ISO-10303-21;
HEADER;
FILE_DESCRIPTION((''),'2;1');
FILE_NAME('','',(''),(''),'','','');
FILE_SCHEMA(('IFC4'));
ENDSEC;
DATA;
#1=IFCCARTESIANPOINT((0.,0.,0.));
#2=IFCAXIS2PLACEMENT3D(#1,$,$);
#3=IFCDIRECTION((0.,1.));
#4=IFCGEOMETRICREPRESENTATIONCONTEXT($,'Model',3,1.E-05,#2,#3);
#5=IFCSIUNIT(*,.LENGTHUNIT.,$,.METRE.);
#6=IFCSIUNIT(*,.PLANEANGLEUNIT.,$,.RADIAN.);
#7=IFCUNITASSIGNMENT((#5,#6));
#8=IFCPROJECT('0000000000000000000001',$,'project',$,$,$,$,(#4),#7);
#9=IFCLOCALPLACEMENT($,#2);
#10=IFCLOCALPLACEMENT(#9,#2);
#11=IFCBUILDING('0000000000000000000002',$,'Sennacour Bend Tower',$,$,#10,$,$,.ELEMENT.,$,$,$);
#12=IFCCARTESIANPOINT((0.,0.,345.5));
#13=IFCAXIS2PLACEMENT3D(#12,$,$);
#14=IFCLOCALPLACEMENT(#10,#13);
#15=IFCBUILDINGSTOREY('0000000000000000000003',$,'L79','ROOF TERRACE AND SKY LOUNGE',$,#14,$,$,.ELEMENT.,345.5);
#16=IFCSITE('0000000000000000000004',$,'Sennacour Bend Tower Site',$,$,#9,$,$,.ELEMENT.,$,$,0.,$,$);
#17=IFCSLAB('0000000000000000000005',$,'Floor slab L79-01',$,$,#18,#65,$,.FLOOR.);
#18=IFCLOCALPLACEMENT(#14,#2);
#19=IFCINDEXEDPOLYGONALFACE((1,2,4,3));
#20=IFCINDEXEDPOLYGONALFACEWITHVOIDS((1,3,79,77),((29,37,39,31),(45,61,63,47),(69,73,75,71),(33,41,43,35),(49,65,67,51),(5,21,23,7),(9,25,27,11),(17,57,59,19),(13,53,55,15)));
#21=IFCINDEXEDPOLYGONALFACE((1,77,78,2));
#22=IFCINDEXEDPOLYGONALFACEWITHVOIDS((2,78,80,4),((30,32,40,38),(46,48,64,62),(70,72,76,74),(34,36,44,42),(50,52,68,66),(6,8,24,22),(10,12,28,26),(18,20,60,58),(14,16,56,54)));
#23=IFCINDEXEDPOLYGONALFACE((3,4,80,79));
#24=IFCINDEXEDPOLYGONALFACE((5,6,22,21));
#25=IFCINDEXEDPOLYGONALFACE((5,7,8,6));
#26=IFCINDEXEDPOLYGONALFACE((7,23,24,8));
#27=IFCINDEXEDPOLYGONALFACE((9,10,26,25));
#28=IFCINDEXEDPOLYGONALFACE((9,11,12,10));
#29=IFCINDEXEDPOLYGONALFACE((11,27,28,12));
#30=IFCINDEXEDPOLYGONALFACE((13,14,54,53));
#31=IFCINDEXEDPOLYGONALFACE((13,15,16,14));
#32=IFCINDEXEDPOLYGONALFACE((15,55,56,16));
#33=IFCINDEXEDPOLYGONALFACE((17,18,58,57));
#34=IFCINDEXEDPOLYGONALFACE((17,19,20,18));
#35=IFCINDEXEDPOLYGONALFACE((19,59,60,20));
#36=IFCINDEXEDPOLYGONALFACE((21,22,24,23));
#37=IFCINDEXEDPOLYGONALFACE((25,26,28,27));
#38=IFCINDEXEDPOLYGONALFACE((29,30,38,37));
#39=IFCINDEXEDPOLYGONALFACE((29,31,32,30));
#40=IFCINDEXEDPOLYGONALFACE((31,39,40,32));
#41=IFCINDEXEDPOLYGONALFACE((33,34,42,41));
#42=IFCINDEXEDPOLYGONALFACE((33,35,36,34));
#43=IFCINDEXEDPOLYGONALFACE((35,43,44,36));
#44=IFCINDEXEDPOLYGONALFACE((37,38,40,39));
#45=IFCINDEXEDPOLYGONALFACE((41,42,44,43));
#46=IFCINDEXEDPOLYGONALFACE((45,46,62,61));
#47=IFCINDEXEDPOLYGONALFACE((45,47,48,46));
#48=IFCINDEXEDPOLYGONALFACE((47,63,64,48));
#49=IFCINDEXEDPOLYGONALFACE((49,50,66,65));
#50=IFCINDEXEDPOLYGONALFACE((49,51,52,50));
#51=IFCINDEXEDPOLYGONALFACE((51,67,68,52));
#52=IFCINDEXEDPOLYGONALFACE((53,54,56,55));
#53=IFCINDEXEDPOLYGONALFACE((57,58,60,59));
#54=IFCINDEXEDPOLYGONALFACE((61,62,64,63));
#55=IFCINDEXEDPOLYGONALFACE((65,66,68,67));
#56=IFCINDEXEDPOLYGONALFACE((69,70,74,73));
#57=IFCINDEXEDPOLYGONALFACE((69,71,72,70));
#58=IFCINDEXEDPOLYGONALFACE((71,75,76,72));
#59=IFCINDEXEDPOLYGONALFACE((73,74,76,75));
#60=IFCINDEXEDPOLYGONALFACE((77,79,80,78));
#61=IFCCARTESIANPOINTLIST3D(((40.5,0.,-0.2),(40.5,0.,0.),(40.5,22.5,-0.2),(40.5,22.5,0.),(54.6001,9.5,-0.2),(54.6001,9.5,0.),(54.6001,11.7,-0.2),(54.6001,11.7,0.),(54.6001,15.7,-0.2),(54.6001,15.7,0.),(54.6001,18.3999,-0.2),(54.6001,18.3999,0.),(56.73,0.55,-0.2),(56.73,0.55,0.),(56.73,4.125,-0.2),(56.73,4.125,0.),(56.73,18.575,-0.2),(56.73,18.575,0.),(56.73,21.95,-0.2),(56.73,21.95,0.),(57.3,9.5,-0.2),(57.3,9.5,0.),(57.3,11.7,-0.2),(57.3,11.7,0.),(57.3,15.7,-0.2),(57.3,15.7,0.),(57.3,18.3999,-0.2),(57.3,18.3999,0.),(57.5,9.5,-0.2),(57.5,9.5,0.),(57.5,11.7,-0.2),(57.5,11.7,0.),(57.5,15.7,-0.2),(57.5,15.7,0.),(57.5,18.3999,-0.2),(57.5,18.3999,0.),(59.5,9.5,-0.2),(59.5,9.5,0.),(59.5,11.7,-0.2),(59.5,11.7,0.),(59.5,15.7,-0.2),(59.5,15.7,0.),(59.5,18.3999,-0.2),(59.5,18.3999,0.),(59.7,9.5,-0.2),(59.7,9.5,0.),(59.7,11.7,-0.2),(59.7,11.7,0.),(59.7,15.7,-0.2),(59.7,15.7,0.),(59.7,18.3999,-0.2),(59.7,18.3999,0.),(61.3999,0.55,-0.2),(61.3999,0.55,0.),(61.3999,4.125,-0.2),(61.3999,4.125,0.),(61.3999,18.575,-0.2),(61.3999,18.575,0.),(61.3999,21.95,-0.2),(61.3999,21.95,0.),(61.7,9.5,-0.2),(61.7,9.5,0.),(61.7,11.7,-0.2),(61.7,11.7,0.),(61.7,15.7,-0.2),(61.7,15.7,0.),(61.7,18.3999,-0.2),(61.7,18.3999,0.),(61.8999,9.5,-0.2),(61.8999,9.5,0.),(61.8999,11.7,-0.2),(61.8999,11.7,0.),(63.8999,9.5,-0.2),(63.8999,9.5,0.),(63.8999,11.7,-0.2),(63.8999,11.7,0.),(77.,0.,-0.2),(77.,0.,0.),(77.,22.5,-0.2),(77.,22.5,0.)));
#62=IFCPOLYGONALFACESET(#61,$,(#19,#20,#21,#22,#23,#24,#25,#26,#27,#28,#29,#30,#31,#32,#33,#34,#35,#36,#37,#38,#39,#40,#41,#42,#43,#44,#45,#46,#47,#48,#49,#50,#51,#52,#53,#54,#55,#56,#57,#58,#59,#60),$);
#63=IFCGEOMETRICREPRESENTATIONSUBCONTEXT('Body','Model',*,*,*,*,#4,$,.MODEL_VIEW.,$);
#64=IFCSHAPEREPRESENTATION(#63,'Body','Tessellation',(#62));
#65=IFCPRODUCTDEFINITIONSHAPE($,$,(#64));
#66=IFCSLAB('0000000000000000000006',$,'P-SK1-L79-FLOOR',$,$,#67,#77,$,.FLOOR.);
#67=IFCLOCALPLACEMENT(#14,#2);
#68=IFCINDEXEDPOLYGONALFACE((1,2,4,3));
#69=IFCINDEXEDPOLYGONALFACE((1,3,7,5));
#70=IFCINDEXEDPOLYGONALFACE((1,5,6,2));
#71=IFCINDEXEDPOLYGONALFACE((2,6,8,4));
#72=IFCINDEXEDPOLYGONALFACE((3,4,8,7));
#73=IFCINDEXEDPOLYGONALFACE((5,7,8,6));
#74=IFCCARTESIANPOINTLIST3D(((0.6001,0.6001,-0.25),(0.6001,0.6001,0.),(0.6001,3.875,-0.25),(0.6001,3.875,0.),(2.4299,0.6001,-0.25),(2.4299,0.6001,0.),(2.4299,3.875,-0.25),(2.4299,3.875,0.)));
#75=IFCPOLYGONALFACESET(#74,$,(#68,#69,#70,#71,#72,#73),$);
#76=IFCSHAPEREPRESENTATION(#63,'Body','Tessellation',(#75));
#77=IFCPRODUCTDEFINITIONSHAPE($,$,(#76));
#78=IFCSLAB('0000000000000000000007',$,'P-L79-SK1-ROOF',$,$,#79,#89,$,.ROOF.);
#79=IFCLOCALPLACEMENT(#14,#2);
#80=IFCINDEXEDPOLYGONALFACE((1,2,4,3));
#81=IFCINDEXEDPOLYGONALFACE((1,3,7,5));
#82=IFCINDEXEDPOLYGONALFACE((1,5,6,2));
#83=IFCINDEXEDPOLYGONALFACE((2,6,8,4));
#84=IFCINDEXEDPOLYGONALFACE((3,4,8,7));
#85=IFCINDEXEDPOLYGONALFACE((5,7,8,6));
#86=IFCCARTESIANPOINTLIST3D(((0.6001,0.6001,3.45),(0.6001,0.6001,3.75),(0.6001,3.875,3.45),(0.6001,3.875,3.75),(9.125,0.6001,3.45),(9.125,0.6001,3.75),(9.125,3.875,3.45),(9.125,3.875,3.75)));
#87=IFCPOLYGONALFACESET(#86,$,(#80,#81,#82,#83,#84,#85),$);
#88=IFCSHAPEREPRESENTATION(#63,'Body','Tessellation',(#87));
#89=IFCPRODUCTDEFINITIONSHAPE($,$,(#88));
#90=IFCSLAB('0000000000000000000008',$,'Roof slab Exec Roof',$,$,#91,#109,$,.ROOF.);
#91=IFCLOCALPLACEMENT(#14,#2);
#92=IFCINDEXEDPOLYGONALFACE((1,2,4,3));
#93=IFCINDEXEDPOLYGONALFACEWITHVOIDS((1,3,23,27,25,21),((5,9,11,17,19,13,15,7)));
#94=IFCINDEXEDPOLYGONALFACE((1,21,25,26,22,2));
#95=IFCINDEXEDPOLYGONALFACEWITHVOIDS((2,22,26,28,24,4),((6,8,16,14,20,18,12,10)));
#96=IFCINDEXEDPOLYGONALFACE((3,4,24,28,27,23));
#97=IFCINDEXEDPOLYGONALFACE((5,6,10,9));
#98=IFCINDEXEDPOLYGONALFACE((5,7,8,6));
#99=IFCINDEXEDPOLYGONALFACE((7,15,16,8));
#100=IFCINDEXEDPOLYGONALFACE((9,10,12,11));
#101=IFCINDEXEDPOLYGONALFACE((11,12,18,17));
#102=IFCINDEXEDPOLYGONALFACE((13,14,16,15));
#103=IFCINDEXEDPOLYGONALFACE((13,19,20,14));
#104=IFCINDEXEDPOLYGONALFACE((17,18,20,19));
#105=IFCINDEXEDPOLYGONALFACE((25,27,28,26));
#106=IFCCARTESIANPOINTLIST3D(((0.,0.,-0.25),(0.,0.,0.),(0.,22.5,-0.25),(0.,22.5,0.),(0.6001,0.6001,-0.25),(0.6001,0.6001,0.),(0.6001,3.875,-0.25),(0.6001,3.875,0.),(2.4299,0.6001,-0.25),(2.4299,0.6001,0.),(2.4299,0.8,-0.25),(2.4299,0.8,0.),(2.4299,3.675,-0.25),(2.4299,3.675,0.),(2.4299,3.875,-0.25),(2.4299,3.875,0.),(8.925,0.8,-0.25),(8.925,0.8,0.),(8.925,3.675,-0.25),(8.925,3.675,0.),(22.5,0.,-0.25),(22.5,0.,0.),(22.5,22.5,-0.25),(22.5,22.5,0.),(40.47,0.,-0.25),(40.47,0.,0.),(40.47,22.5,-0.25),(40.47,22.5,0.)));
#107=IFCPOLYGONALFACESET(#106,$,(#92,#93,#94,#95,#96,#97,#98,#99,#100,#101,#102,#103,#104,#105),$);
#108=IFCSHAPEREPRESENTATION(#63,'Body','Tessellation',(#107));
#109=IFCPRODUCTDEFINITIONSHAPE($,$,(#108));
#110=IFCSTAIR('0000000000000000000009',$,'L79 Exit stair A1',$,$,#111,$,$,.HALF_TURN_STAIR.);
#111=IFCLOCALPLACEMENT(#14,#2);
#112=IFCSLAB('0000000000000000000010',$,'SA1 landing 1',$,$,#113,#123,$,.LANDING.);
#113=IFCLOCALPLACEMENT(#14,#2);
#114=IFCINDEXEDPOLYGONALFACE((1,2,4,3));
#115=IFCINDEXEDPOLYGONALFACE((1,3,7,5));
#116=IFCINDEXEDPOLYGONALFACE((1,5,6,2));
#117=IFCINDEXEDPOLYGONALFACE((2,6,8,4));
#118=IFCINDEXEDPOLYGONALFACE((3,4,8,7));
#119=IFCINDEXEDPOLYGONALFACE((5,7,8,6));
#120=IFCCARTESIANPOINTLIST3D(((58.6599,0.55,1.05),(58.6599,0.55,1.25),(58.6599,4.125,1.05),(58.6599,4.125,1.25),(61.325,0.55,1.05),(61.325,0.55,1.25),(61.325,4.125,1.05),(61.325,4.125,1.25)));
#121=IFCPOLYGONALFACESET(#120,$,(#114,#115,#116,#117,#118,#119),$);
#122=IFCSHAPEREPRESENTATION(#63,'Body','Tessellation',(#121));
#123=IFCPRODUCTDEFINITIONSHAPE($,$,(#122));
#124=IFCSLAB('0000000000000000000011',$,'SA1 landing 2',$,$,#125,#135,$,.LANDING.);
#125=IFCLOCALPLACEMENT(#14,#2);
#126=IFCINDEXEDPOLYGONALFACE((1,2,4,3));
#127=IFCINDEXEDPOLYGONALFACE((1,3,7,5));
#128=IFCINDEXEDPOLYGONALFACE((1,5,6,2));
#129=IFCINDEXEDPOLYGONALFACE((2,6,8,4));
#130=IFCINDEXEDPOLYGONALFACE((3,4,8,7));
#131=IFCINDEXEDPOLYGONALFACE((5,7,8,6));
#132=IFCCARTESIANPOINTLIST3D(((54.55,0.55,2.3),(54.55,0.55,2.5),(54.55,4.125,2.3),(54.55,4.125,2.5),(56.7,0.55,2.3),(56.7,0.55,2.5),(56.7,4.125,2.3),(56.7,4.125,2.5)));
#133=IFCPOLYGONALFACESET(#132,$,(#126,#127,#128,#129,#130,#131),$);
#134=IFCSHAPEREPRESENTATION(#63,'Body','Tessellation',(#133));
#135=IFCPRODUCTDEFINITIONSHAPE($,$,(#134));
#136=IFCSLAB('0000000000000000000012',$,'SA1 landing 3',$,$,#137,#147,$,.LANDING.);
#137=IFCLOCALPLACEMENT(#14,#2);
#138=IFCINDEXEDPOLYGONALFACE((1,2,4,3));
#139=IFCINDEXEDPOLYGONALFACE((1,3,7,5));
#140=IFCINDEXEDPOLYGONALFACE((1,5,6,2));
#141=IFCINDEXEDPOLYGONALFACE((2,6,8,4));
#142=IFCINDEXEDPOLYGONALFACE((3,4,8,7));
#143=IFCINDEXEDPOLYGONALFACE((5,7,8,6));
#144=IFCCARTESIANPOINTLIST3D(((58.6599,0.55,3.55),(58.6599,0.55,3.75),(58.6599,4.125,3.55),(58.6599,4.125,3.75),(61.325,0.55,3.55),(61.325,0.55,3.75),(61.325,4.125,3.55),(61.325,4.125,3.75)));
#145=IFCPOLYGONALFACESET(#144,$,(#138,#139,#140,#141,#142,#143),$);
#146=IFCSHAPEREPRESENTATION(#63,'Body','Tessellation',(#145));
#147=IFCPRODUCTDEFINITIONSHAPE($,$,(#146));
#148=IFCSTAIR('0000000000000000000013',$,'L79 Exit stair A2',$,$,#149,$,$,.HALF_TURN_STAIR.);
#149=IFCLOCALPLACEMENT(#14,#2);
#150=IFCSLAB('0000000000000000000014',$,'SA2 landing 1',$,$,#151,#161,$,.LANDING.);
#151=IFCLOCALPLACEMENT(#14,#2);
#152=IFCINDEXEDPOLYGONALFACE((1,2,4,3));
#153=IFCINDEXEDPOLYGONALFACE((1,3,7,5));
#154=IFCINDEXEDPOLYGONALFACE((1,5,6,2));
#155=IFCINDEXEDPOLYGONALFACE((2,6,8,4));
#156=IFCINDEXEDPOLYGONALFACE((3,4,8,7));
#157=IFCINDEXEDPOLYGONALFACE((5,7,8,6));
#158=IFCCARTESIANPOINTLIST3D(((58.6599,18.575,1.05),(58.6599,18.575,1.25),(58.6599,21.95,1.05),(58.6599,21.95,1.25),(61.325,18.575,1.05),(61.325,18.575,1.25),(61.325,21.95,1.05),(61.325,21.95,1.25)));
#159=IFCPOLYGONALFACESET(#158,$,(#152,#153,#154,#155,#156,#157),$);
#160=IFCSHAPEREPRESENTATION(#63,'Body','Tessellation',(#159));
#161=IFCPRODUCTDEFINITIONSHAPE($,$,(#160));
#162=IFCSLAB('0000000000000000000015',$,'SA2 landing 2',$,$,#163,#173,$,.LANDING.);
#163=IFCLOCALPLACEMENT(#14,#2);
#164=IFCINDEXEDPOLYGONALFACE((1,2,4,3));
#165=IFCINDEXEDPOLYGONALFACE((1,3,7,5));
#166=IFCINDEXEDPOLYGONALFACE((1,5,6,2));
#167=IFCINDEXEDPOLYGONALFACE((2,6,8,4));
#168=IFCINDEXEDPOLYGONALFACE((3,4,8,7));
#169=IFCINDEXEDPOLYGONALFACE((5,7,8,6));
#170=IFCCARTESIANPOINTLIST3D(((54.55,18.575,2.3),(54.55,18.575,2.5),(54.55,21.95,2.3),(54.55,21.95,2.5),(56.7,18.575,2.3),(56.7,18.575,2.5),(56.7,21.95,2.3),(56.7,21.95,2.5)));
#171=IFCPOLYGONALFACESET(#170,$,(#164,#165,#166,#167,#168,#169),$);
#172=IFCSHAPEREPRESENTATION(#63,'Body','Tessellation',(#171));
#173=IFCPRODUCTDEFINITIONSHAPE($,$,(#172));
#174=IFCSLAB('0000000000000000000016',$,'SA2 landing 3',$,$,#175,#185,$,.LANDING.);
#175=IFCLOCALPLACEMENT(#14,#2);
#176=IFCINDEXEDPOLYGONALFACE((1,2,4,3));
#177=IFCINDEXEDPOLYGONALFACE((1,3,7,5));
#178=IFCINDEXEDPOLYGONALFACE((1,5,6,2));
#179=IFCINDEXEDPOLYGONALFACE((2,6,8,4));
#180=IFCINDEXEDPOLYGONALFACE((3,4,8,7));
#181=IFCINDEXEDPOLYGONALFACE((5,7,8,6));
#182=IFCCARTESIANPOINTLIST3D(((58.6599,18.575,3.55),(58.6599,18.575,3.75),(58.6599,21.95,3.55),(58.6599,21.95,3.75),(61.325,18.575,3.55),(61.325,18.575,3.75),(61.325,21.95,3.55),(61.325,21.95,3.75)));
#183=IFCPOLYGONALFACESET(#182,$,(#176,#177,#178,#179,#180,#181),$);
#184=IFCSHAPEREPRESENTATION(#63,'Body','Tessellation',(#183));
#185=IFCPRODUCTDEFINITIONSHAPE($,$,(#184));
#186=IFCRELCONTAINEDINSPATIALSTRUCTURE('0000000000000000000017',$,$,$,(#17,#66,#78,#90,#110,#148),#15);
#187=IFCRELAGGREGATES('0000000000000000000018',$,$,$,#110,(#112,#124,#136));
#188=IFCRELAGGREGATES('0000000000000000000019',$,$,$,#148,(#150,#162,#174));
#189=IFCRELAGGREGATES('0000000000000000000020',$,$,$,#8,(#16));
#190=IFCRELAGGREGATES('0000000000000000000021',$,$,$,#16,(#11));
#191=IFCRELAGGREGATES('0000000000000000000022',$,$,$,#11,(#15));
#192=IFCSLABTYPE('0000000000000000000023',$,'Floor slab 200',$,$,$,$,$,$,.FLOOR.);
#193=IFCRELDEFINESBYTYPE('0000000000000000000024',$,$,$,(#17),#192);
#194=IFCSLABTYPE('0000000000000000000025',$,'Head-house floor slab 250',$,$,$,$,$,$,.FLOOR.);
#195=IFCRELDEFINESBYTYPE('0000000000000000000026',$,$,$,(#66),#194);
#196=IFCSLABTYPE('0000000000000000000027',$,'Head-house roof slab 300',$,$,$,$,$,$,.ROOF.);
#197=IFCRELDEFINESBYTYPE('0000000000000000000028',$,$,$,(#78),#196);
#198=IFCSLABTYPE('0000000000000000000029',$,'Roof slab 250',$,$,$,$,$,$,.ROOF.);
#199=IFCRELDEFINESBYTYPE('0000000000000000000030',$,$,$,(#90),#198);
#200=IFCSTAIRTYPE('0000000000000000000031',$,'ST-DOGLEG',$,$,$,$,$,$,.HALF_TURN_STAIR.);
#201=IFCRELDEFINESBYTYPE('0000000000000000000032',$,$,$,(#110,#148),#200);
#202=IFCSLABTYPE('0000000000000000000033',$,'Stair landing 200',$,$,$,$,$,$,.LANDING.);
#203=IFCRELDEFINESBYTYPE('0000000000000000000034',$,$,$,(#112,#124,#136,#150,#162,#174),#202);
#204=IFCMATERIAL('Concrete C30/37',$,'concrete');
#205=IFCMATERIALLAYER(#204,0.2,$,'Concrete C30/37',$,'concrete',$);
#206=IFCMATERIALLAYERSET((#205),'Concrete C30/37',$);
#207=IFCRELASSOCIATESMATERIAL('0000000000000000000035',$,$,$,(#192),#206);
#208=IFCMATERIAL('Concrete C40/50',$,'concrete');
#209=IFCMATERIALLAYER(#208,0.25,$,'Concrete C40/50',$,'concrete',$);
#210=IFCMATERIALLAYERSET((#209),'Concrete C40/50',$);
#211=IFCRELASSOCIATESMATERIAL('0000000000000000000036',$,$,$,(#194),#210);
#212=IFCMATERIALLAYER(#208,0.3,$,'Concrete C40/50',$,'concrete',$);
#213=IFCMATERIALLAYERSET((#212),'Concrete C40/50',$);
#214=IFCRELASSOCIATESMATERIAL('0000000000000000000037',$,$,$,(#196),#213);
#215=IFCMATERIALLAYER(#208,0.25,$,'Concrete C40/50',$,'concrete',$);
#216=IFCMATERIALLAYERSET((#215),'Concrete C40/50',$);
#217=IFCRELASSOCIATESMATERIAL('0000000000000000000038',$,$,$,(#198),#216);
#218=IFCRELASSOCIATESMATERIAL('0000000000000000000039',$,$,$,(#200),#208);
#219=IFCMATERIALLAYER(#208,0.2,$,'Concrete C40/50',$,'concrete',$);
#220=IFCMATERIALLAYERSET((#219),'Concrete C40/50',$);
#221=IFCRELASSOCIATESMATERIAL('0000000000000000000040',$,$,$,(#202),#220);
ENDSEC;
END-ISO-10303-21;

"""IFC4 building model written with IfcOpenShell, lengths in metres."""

from ifc_helpers import new_model, si_unit, direction, frame, origin, place, context, subcontext, project, spatial, polyline, outline, extrude, material, layer, layer_set, type_object, element, aggregate, save


model = new_model("IFC4")

# Units and contexts
model_context = context("Model", 3, precision=1e-05, world=origin(), true_north=direction((0.0, 1.0)))
body_context = subcontext(model_context, "Body", "Model", "MODEL_VIEW")
ifc_project = project(units=[si_unit("LENGTHUNIT", "METRE"), si_unit("PLANEANGLEUNIT", "RADIAN")], contexts=[model_context])

# Site, building, storey
site_placement = place(None, origin())
site = spatial("IfcSite", under=ifc_project, at=site_placement, Name="Sennacour Bend Tower Site", CompositionType="ELEMENT", RefElevation=0.0)
building_placement = place(site_placement, origin())
building = spatial("IfcBuilding", under=site, at=building_placement, Name="Sennacour Bend Tower", CompositionType="ELEMENT")
storey_placement = place(building_placement, frame((0.0, 0.0, 345.5)))
storey = spatial("IfcBuildingStorey", under=building, at=storey_placement, Name="L79", Description="ROOF TERRACE AND SKY LOUNGE", CompositionType="ELEMENT", Elevation=345.5)

# Slabs
ifc_material_1 = material(Name="Concrete C30/37", Category="concrete")
ifc_layer_1 = layer(ifc_material_1, 0.2, Name="Concrete C30/37", Category="concrete")
ifc_layer_set_1 = layer_set([ifc_layer_1], Name="Concrete C30/37")
slab_type_1 = type_object("IfcSlabType", Name="Floor slab 200", PredefinedType="FLOOR", material=ifc_layer_set_1)
slab_1_placement = place(storey_placement, frame((0.0, 0.0, -0.2)))
element("IfcSlab", 1, at=slab_1_placement, inside=storey, type_object=slab_type_1, Name="Floor slab L79-01", PredefinedType="FLOOR", context=body_context, shape_type="SweptSolid", body=[
    extrude(outline(polyline([(40.5, 0.0), (40.5, 22.5), (77.0, 22.5), (77.0, 0.0), (40.5, 0.0)]), holes=[polyline([(61.3999, 4.125), (56.73, 4.125), (56.73, 0.55), (61.3999, 0.55), (61.3999, 4.125)]), polyline([(57.3, 11.7), (54.6001, 11.7), (54.6001, 9.5), (57.3, 9.5), (57.3, 11.7)]), polyline([(59.5, 11.7), (57.5, 11.7), (57.5, 9.5), (59.5, 9.5), (59.5, 11.7)]), polyline([(61.7, 11.7), (59.7, 11.7), (59.7, 9.5), (61.7, 9.5), (61.7, 11.7)]), polyline([(63.8999, 11.7), (61.8999, 11.7), (61.8999, 9.5), (63.8999, 9.5), (63.8999, 11.7)]), polyline([(57.3, 18.3999), (54.6001, 18.3999), (54.6001, 15.7), (57.3, 15.7), (57.3, 18.3999)]), polyline([(59.5, 18.3999), (57.5, 18.3999), (57.5, 15.7), (59.5, 15.7), (59.5, 18.3999)]), polyline([(61.7, 15.7), (61.7, 18.3999), (59.7, 18.3999), (59.7, 15.7), (61.7, 15.7)]), polyline([(61.3999, 18.575), (61.3999, 21.95), (56.73, 21.95), (56.73, 18.575), (61.3999, 18.575)])]), origin(), (0.0, 0.0, 1.0), 0.2),
])
ifc_material_2 = material(Name="Concrete C40/50", Category="concrete")
ifc_layer_2 = layer(ifc_material_2, 0.25, Name="Concrete C40/50", Category="concrete")
ifc_layer_set_2 = layer_set([ifc_layer_2], Name="Concrete C40/50")
slab_type_2 = type_object("IfcSlabType", Name="Head-house floor slab 250", PredefinedType="FLOOR", material=ifc_layer_set_2)
slab_2_placement = place(storey_placement, frame((0.0, 0.0, -0.25)))
element("IfcSlab", 2, at=slab_2_placement, inside=storey, type_object=slab_type_2, Name="P-SK1-L79-FLOOR", PredefinedType="FLOOR", context=body_context, shape_type="SweptSolid", body=[
    extrude(outline(polyline([(0.6001, 0.6001), (2.4299, 0.6001), (2.4299, 3.875), (0.6001, 3.875), (0.6001, 0.6001)])), origin(), (0.0, 0.0, 1.0), 0.25),
])
ifc_layer_3 = layer(ifc_material_2, 0.3, Name="Concrete C40/50", Category="concrete")
ifc_layer_set_3 = layer_set([ifc_layer_3], Name="Concrete C40/50")
slab_type_3 = type_object("IfcSlabType", Name="Head-house roof slab 300", PredefinedType="ROOF", material=ifc_layer_set_3)
slab_3_placement = place(storey_placement, frame((0.0, 0.0, 3.45)))
element("IfcSlab", 3, at=slab_3_placement, inside=storey, type_object=slab_type_3, Name="P-L79-SK1-ROOF", PredefinedType="ROOF", context=body_context, shape_type="SweptSolid", body=[
    extrude(outline(polyline([(0.6001, 0.6001), (9.125, 0.6001), (9.125, 3.875), (0.6001, 3.875), (0.6001, 0.6001)])), origin(), (0.0, 0.0, 1.0), 0.3),
])
ifc_layer_4 = layer(ifc_material_2, 0.25, Name="Concrete C40/50", Category="concrete")
ifc_layer_set_4 = layer_set([ifc_layer_4], Name="Concrete C40/50")
slab_type_4 = type_object("IfcSlabType", Name="Roof slab 250", PredefinedType="ROOF", material=ifc_layer_set_4)
slab_4_placement = place(storey_placement, frame((0.0, 0.0, -0.25)))
element("IfcSlab", 4, at=slab_4_placement, inside=storey, type_object=slab_type_4, Name="Roof slab Exec Roof", PredefinedType="ROOF", context=body_context, shape_type="SweptSolid", body=[
    extrude(outline(polyline([(22.5, 22.5), (40.47, 22.5), (40.47, 0.0), (22.5, 0.0), (0.0, 0.0), (0.0, 22.5), (22.5, 22.5)]), holes=[polyline([(2.4299, 0.8), (8.925, 0.8), (8.925, 3.675), (2.4299, 3.675), (2.4299, 3.875), (0.6001, 3.875), (0.6001, 0.6001), (2.4299, 0.6001), (2.4299, 0.8)])]), origin(), (0.0, 0.0, 1.0), 0.25),
])

# Stairs, slabs
stair_type = type_object("IfcStairType", Name="ST-DOGLEG", PredefinedType="HALF_TURN_STAIR", material=ifc_material_2)
stair_1_placement = place(storey_placement, origin())
stair_1 = element("IfcStair", 5, at=stair_1_placement, inside=storey, type_object=stair_type, Name="L79 Exit stair A1", PredefinedType="HALF_TURN_STAIR")
ifc_layer_5 = layer(ifc_material_2, 0.2, Name="Concrete C40/50", Category="concrete")
ifc_layer_set_5 = layer_set([ifc_layer_5], Name="Concrete C40/50")
slab_type_5 = type_object("IfcSlabType", Name="Stair landing 200", PredefinedType="LANDING", material=ifc_layer_set_5)
slab_5_placement = place(storey_placement, frame((0.0, 0.0, 1.05)))
slab_5 = element("IfcSlab", 6, at=slab_5_placement, type_object=slab_type_5, Name="SA1 landing 1", PredefinedType="LANDING", context=body_context, shape_type="SweptSolid", body=[
    extrude(outline(polyline([(58.6599, 0.55), (61.325, 0.55), (61.325, 4.125), (58.6599, 4.125), (58.6599, 0.55)])), origin(), (0.0, 0.0, 1.0), 0.2),
])
slab_6_placement = place(storey_placement, frame((0.0, 0.0, 2.3)))
slab_6 = element("IfcSlab", 7, at=slab_6_placement, type_object=slab_type_5, Name="SA1 landing 2", PredefinedType="LANDING", context=body_context, shape_type="SweptSolid", body=[
    extrude(outline(polyline([(54.55, 0.55), (56.7, 0.55), (56.7, 4.125), (54.55, 4.125), (54.55, 0.55)])), origin(), (0.0, 0.0, 1.0), 0.2),
])
slab_7_placement = place(storey_placement, frame((0.0, 0.0, 3.55)))
slab_7 = element("IfcSlab", 8, at=slab_7_placement, type_object=slab_type_5, Name="SA1 landing 3", PredefinedType="LANDING", context=body_context, shape_type="SweptSolid", body=[
    extrude(outline(polyline([(58.6599, 0.55), (61.325, 0.55), (61.325, 4.125), (58.6599, 4.125), (58.6599, 0.55)])), origin(), (0.0, 0.0, 1.0), 0.2),
])
aggregate(stair_1, [slab_5, slab_6, slab_7])
stair_2_placement = place(storey_placement, origin())
stair_2 = element("IfcStair", 9, at=stair_2_placement, inside=storey, type_object=stair_type, Name="L79 Exit stair A2", PredefinedType="HALF_TURN_STAIR")
slab_8_placement = place(storey_placement, frame((0.0, 0.0, 1.05)))
slab_8 = element("IfcSlab", 10, at=slab_8_placement, type_object=slab_type_5, Name="SA2 landing 1", PredefinedType="LANDING", context=body_context, shape_type="SweptSolid", body=[
    extrude(outline(polyline([(58.6599, 18.575), (61.325, 18.575), (61.325, 21.95), (58.6599, 21.95), (58.6599, 18.575)])), origin(), (0.0, 0.0, 1.0), 0.2),
])
slab_9_placement = place(storey_placement, frame((0.0, 0.0, 2.3)))
slab_9 = element("IfcSlab", 11, at=slab_9_placement, type_object=slab_type_5, Name="SA2 landing 2", PredefinedType="LANDING", context=body_context, shape_type="SweptSolid", body=[
    extrude(outline(polyline([(54.55, 18.575), (56.7, 18.575), (56.7, 21.95), (54.55, 21.95), (54.55, 18.575)])), origin(), (0.0, 0.0, 1.0), 0.2),
])
slab_10_placement = place(storey_placement, frame((0.0, 0.0, 3.55)))
slab_10 = element("IfcSlab", 12, at=slab_10_placement, type_object=slab_type_5, Name="SA2 landing 3", PredefinedType="LANDING", context=body_context, shape_type="SweptSolid", body=[
    extrude(outline(polyline([(58.6599, 18.575), (61.325, 18.575), (61.325, 21.95), (58.6599, 21.95), (58.6599, 18.575)])), origin(), (0.0, 0.0, 1.0), 0.2),
])
aggregate(stair_2, [slab_8, slab_9, slab_10])

save(model, "model.ifc")
